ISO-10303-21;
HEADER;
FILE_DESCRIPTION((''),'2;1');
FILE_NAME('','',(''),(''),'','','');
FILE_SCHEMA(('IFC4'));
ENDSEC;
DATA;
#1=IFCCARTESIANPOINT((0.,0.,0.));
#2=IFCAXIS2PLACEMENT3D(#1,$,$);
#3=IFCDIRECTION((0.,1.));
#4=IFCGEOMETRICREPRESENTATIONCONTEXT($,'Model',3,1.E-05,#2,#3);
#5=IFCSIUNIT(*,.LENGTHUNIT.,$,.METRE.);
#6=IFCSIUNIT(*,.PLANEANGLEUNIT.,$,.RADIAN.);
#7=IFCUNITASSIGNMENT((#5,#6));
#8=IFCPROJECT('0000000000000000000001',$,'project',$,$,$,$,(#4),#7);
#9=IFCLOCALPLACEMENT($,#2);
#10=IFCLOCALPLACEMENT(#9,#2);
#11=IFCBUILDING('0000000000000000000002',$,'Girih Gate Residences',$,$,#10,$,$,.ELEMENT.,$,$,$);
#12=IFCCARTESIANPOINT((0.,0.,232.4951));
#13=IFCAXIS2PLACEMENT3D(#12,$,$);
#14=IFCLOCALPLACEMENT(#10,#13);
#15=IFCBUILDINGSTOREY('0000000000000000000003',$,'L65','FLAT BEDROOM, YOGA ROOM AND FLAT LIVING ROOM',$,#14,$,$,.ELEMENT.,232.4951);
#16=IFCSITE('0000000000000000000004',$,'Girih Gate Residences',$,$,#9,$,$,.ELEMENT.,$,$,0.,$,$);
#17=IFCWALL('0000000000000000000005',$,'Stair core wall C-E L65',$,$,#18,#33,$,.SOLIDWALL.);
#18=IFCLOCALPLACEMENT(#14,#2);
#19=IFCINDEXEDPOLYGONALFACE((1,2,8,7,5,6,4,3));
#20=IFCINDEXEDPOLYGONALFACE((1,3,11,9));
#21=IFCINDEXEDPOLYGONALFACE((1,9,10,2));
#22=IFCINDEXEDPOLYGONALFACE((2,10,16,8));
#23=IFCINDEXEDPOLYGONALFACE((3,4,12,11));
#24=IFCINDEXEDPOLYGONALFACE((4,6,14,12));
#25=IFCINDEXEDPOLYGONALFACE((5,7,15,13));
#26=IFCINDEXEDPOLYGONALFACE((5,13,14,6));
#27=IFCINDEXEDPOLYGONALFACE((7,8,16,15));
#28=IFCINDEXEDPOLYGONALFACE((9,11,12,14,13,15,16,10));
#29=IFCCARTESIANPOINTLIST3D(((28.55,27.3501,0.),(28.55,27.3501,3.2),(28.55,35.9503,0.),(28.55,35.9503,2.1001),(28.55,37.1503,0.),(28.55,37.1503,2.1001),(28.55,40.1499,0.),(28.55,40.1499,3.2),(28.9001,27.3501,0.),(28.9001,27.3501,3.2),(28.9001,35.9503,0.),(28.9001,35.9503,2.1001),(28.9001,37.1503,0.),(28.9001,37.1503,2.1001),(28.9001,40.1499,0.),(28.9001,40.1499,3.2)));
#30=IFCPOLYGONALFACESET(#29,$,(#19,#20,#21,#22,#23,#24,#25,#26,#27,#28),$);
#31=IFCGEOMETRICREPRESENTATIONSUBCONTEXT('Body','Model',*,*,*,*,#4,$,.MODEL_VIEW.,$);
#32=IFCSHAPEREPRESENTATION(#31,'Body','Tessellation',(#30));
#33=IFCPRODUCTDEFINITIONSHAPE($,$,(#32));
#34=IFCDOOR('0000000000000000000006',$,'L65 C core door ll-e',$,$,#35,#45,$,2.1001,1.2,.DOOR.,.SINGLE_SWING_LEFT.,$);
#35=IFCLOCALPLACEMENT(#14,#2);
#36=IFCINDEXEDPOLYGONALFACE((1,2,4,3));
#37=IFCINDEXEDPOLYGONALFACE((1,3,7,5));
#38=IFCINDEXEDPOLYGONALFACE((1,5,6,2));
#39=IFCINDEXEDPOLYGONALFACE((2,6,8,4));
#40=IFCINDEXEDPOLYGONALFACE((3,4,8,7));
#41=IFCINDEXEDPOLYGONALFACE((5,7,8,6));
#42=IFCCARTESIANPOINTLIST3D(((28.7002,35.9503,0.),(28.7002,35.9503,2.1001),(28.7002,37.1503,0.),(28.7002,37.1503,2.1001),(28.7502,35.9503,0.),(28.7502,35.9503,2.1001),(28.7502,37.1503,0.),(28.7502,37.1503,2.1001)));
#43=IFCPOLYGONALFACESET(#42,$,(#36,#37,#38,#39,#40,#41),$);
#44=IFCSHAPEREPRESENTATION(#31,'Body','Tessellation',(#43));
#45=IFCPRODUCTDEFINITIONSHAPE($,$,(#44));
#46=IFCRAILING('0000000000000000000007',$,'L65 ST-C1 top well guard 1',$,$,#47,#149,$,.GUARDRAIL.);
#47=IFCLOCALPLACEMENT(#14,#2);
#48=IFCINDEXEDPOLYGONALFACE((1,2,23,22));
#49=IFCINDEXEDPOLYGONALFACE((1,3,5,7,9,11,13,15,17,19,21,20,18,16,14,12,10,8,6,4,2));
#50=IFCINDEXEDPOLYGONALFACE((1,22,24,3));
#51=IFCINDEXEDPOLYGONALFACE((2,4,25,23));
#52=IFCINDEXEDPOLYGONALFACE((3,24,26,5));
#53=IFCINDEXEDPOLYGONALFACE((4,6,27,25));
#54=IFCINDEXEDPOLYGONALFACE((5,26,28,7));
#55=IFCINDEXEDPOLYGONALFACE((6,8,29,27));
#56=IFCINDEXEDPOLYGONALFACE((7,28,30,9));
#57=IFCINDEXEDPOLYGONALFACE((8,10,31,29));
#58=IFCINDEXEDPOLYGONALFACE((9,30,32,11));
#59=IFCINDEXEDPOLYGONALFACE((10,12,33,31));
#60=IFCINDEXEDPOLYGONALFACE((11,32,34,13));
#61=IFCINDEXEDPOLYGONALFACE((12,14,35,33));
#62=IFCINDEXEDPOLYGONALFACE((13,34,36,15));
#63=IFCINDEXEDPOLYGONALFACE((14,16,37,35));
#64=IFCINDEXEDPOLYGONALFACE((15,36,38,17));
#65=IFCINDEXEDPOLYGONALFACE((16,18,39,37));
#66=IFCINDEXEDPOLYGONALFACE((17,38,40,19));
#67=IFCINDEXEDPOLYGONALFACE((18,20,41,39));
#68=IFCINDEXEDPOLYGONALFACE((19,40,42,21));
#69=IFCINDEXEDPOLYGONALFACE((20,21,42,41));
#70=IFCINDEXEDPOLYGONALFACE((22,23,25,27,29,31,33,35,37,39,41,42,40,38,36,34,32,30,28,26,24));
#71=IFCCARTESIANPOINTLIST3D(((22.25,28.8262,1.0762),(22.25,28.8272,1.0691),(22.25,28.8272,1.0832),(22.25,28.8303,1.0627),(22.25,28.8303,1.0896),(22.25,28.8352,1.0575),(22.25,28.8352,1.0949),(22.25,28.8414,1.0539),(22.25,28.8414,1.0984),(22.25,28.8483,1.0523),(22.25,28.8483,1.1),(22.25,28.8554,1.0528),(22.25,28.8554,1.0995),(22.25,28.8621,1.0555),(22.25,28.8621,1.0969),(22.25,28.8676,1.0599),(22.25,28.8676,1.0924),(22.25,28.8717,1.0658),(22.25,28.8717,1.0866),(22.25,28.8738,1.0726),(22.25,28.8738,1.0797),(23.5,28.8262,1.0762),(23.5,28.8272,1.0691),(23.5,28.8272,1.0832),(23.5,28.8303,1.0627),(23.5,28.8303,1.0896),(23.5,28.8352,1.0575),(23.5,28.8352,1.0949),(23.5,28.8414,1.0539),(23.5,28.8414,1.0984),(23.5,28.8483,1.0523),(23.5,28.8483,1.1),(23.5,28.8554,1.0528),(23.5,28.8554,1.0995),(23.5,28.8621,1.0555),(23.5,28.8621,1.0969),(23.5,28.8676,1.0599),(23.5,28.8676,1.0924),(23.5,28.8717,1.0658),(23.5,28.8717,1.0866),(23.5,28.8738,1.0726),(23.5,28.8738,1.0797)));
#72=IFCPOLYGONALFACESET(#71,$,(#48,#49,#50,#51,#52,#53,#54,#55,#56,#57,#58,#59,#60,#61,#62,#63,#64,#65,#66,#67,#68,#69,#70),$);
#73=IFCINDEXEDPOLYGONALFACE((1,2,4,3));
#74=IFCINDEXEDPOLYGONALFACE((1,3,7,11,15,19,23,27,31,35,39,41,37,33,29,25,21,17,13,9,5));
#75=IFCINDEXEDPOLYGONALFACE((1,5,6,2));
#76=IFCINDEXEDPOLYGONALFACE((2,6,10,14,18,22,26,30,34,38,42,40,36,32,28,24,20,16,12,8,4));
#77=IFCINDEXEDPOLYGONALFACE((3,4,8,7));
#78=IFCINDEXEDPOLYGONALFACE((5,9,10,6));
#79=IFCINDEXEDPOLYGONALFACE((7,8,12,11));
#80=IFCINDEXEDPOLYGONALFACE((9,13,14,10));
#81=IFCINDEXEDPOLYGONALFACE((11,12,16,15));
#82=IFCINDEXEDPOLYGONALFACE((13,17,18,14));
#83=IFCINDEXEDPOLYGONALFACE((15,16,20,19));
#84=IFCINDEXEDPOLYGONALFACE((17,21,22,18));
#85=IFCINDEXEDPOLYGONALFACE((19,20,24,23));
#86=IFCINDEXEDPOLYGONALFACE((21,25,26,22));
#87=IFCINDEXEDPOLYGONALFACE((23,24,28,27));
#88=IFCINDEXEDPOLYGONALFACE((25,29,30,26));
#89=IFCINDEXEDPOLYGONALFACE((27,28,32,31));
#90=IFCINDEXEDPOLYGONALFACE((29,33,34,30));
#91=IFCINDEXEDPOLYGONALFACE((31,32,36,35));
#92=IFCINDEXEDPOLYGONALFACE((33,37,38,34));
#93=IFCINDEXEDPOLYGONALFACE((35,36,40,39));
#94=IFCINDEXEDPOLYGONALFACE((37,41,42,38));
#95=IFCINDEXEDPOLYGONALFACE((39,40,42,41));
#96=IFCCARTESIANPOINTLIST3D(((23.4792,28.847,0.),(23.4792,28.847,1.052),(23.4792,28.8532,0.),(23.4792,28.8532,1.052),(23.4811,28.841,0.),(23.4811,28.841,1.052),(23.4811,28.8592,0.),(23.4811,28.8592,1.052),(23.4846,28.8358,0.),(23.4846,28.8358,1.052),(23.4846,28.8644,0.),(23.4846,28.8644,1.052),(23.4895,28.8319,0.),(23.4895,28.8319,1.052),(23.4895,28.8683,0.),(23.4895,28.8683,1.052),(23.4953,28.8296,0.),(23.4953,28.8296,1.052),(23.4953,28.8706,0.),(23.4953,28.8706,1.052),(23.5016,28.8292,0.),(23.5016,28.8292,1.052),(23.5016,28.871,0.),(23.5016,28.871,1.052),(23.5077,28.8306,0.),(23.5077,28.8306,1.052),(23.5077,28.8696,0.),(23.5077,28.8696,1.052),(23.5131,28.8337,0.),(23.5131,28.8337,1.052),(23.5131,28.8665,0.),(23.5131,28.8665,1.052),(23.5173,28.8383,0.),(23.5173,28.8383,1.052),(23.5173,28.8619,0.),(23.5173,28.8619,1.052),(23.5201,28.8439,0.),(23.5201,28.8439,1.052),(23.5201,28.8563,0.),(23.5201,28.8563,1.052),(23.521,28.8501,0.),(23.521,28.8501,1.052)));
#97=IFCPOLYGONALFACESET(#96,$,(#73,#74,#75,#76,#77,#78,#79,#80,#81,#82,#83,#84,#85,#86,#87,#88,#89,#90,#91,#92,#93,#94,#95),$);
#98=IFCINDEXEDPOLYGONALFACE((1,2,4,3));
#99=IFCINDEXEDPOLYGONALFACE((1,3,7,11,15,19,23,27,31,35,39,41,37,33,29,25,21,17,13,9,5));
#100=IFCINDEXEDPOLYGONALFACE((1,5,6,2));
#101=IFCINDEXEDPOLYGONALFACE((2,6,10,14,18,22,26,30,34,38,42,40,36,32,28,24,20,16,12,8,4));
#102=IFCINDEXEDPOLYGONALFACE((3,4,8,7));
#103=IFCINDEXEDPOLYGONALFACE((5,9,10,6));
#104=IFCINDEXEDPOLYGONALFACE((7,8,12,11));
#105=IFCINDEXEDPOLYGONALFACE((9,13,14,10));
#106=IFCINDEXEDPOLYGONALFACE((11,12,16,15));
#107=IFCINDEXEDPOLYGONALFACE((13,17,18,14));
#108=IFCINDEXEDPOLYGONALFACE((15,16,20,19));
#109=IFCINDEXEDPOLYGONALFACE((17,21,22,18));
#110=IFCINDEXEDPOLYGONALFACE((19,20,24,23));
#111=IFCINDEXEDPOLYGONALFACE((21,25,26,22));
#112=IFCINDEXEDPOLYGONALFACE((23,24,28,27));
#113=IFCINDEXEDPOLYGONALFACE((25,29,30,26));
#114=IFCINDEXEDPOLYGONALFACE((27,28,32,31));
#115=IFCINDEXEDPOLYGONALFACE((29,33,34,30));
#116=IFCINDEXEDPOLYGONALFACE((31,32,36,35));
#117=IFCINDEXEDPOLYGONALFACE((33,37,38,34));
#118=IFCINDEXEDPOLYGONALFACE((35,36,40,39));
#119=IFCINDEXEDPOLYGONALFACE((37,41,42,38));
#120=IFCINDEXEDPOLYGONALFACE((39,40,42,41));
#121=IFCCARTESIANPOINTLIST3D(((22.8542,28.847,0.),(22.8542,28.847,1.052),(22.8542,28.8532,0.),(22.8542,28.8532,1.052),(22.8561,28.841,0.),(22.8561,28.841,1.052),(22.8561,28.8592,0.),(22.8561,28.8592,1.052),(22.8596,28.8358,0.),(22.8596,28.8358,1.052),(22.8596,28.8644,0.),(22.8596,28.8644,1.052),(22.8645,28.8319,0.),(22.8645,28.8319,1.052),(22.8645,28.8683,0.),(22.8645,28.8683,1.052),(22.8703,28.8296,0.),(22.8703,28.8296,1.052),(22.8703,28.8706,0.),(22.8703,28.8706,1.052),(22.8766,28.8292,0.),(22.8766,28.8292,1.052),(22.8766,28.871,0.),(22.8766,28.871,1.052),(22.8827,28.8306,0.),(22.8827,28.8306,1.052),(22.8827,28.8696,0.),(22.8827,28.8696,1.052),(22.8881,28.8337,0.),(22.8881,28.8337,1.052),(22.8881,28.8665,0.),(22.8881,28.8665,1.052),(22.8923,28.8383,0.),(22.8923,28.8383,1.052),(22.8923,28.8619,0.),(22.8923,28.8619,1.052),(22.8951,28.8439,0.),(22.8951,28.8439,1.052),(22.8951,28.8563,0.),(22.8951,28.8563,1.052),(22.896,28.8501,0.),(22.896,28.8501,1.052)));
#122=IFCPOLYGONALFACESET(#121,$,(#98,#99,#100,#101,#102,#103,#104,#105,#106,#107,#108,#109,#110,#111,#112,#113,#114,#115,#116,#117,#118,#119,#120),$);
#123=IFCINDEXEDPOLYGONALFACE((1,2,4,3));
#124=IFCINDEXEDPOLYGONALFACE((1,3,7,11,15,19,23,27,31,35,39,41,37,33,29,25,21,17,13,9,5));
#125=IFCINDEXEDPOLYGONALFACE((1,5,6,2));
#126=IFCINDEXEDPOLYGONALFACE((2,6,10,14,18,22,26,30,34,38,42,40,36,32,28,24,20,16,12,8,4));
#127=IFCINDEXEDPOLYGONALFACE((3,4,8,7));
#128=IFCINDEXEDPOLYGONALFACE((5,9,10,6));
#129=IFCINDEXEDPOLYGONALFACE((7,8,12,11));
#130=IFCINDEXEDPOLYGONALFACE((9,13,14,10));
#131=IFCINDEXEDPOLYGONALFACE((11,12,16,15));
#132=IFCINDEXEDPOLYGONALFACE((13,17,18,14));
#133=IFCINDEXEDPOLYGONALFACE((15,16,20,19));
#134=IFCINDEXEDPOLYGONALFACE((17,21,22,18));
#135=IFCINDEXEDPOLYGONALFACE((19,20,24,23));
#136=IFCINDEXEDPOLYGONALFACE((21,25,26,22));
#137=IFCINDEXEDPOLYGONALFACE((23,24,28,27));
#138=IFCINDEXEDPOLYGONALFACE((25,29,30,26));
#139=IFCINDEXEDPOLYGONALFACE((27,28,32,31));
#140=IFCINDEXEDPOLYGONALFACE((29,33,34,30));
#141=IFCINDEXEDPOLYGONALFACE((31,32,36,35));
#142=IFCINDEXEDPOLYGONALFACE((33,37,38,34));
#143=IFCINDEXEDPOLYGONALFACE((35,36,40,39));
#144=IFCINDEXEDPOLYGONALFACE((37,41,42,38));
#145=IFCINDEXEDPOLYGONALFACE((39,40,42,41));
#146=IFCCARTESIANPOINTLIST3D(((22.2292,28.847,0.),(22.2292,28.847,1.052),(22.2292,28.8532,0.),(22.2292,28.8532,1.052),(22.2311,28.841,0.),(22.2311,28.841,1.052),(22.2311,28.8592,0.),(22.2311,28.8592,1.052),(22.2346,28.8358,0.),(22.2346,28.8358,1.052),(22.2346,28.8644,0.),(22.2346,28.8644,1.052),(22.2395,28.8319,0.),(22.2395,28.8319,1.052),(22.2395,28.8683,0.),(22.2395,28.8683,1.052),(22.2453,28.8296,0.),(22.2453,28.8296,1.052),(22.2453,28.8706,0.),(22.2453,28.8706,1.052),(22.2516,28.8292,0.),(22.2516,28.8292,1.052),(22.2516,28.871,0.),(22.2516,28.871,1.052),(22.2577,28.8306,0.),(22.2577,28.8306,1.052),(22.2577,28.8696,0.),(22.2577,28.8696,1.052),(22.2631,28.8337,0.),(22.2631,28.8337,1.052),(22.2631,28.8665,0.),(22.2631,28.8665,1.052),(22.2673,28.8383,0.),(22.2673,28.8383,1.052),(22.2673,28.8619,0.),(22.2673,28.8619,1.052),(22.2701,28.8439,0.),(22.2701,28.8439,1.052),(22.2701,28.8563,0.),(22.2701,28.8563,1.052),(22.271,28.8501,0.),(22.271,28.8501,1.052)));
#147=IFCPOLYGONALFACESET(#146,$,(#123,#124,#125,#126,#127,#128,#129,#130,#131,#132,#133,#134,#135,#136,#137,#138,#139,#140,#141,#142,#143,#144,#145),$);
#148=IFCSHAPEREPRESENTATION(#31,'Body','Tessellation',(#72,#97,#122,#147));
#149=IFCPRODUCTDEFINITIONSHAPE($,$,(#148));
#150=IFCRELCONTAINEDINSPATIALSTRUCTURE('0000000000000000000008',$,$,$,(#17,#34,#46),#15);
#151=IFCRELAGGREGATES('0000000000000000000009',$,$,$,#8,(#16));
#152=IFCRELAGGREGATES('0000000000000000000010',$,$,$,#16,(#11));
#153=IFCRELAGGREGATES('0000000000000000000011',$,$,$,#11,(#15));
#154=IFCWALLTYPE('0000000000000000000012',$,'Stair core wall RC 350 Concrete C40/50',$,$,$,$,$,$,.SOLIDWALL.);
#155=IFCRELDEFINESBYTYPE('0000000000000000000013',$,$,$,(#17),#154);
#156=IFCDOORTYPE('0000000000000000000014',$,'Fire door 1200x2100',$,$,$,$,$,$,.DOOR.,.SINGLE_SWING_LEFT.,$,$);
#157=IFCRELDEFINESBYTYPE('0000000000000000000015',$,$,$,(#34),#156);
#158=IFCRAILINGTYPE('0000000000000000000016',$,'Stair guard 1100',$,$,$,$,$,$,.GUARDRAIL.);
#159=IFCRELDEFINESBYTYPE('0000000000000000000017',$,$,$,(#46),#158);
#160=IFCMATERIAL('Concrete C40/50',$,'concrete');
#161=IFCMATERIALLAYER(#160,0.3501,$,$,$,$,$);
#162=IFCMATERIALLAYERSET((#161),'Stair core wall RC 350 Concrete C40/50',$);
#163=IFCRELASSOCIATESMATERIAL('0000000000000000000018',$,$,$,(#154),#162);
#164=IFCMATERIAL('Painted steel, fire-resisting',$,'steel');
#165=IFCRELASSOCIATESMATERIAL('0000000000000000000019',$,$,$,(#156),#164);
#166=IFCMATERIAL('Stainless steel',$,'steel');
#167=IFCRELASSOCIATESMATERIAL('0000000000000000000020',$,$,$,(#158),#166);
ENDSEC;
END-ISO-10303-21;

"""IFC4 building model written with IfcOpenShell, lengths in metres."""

from ifc_helpers import new_model, si_unit, direction, frame, frame_2d, origin, origin_2d, place, context, subcontext, project, spatial, rectangle, circle, extrude, material, layer, layer_set, type_object, element, fill, save


model = new_model("IFC4")

# Units and contexts
model_context = context("Model", 3, precision=1e-05, world=origin(), true_north=direction((0.0, 1.0)))
body_context = subcontext(model_context, "Body", "Model", "MODEL_VIEW")
ifc_project = project(units=[si_unit("LENGTHUNIT", "METRE"), si_unit("PLANEANGLEUNIT", "RADIAN")], contexts=[model_context])

# Site, building, storey
site_placement = place(None, origin())
site = spatial("IfcSite", under=ifc_project, at=site_placement, Name="Girih Gate Residences", CompositionType="ELEMENT", RefElevation=0.0)
building_placement = place(site_placement, origin())
building = spatial("IfcBuilding", under=site, at=building_placement, Name="Girih Gate Residences", CompositionType="ELEMENT")
storey_placement = place(building_placement, frame((0.0, 0.0, 232.4951)))
storey = spatial("IfcBuildingStorey", under=building, at=storey_placement, Name="L65", Description="FLAT BEDROOM, YOGA ROOM AND FLAT LIVING ROOM", CompositionType="ELEMENT", Elevation=232.4951)

# Shared definitions
ifc_material_1 = material(Name="Concrete C40/50", Category="concrete")

# Wall, opening, door
ifc_material_2 = material(Name="Painted steel, fire-resisting", Category="steel")
ifc_layer_1 = layer(ifc_material_1, 0.3501)
ifc_layer_set_1 = layer_set([ifc_layer_1], Name="Stair core wall RC 350 Concrete C40/50")
wall_type_1 = type_object("IfcWallType", Name="Stair core wall RC 350 Concrete C40/50", PredefinedType="SOLIDWALL", material=ifc_layer_set_1)
wall_1_placement = place(storey_placement, frame((28.7251, 27.3501, 0.0), z_axis=(0.0, 0.0, 1.0), x_axis=(0.0, 1.0, 0.0)))
wall_1 = element("IfcWall", 1, at=wall_1_placement, inside=storey, type_object=wall_type_1, Name="Stair core wall C-E L65", PredefinedType="SOLIDWALL", context=body_context, shape_type="SweptSolid", body=[
    extrude(rectangle(XDim=12.7998, YDim=0.3501, at=frame_2d((6.3999, 0.0))), origin(), (0.0, 0.0, 1.0), 3.2),
])
opening_1_placement = place(wall_1_placement, frame((8.6001, 0.0, 0.0)))
opening_1 = element("IfcOpeningElement", 2, at=opening_1_placement, cuts=wall_1, PredefinedType="OPENING", context=body_context, shape_type="SweptSolid", body=[
    extrude(rectangle(XDim=1.2, YDim=2.1001, at=frame_2d((0.6001, 1.05))), frame((0.0, 0.1851, 0.0), z_axis=(0.0, -1.0, 0.0), x_axis=(1.0, 0.0, 0.0)), (0.0, 0.0, 1.0), 0.3701),
])
door_type_1 = type_object("IfcDoorType", Name="Fire door 1200x2100", OperationType="SINGLE_SWING_LEFT", PredefinedType="DOOR", material=ifc_material_2)
door_1_placement = place(opening_1_placement, origin())
door_1 = element("IfcDoor", 3, at=door_1_placement, inside=storey, type_object=door_type_1, Name="L65 C core door ll-e", OperationType="SINGLE_SWING_LEFT", OverallHeight=2.1001, OverallWidth=1.2, PredefinedType="DOOR", context=body_context, shape_type="SweptSolid", body=[
    extrude(rectangle(XDim=1.2, YDim=2.1001, at=frame_2d((0.6001, 1.05))), frame((0.0, 0.0249, 0.0), z_axis=(0.0, -1.0, 0.0), x_axis=(1.0, 0.0, 0.0)), (0.0, 0.0, 1.0), 0.05),
])
fill(opening_1, door_1)

# Railing
ifc_material_3 = material(Name="Stainless steel", Category="steel")
railing_type = type_object("IfcRailingType", Name="Stair guard 1100", PredefinedType="GUARDRAIL", material=ifc_material_3)
for number, where, name in (
    (4, (23.5, 28.8501, 0.0), "L65 ST-C1 top well guard 1"),
):
    element("IfcRailing", number, at=place(storey_placement, frame(where)), inside=storey, type_object=railing_type, Name=name, PredefinedType="GUARDRAIL", context=body_context, shape_type="SweptSolid", body=[
        extrude(circle(Radius=0.0239, at=origin_2d()), frame((0.0, 0.0, 1.0762), z_axis=(-1.0, 0.0, 0.0), x_axis=(0.0, -1.0, 0.0)), (0.0, 0.0, 1.0), 1.25),
        extrude(circle(Radius=0.021, at=origin_2d()), origin(), (0.0, 0.0, 1.0), 1.052),
        extrude(circle(Radius=0.021, at=origin_2d()), frame((-0.625, 0.0, 0.0)), (0.0, 0.0, 1.0), 1.052),
        extrude(circle(Radius=0.021, at=origin_2d()), frame((-1.25, 0.0, 0.0)), (0.0, 0.0, 1.0), 1.052),
    ])

save(model, "model.ifc")
